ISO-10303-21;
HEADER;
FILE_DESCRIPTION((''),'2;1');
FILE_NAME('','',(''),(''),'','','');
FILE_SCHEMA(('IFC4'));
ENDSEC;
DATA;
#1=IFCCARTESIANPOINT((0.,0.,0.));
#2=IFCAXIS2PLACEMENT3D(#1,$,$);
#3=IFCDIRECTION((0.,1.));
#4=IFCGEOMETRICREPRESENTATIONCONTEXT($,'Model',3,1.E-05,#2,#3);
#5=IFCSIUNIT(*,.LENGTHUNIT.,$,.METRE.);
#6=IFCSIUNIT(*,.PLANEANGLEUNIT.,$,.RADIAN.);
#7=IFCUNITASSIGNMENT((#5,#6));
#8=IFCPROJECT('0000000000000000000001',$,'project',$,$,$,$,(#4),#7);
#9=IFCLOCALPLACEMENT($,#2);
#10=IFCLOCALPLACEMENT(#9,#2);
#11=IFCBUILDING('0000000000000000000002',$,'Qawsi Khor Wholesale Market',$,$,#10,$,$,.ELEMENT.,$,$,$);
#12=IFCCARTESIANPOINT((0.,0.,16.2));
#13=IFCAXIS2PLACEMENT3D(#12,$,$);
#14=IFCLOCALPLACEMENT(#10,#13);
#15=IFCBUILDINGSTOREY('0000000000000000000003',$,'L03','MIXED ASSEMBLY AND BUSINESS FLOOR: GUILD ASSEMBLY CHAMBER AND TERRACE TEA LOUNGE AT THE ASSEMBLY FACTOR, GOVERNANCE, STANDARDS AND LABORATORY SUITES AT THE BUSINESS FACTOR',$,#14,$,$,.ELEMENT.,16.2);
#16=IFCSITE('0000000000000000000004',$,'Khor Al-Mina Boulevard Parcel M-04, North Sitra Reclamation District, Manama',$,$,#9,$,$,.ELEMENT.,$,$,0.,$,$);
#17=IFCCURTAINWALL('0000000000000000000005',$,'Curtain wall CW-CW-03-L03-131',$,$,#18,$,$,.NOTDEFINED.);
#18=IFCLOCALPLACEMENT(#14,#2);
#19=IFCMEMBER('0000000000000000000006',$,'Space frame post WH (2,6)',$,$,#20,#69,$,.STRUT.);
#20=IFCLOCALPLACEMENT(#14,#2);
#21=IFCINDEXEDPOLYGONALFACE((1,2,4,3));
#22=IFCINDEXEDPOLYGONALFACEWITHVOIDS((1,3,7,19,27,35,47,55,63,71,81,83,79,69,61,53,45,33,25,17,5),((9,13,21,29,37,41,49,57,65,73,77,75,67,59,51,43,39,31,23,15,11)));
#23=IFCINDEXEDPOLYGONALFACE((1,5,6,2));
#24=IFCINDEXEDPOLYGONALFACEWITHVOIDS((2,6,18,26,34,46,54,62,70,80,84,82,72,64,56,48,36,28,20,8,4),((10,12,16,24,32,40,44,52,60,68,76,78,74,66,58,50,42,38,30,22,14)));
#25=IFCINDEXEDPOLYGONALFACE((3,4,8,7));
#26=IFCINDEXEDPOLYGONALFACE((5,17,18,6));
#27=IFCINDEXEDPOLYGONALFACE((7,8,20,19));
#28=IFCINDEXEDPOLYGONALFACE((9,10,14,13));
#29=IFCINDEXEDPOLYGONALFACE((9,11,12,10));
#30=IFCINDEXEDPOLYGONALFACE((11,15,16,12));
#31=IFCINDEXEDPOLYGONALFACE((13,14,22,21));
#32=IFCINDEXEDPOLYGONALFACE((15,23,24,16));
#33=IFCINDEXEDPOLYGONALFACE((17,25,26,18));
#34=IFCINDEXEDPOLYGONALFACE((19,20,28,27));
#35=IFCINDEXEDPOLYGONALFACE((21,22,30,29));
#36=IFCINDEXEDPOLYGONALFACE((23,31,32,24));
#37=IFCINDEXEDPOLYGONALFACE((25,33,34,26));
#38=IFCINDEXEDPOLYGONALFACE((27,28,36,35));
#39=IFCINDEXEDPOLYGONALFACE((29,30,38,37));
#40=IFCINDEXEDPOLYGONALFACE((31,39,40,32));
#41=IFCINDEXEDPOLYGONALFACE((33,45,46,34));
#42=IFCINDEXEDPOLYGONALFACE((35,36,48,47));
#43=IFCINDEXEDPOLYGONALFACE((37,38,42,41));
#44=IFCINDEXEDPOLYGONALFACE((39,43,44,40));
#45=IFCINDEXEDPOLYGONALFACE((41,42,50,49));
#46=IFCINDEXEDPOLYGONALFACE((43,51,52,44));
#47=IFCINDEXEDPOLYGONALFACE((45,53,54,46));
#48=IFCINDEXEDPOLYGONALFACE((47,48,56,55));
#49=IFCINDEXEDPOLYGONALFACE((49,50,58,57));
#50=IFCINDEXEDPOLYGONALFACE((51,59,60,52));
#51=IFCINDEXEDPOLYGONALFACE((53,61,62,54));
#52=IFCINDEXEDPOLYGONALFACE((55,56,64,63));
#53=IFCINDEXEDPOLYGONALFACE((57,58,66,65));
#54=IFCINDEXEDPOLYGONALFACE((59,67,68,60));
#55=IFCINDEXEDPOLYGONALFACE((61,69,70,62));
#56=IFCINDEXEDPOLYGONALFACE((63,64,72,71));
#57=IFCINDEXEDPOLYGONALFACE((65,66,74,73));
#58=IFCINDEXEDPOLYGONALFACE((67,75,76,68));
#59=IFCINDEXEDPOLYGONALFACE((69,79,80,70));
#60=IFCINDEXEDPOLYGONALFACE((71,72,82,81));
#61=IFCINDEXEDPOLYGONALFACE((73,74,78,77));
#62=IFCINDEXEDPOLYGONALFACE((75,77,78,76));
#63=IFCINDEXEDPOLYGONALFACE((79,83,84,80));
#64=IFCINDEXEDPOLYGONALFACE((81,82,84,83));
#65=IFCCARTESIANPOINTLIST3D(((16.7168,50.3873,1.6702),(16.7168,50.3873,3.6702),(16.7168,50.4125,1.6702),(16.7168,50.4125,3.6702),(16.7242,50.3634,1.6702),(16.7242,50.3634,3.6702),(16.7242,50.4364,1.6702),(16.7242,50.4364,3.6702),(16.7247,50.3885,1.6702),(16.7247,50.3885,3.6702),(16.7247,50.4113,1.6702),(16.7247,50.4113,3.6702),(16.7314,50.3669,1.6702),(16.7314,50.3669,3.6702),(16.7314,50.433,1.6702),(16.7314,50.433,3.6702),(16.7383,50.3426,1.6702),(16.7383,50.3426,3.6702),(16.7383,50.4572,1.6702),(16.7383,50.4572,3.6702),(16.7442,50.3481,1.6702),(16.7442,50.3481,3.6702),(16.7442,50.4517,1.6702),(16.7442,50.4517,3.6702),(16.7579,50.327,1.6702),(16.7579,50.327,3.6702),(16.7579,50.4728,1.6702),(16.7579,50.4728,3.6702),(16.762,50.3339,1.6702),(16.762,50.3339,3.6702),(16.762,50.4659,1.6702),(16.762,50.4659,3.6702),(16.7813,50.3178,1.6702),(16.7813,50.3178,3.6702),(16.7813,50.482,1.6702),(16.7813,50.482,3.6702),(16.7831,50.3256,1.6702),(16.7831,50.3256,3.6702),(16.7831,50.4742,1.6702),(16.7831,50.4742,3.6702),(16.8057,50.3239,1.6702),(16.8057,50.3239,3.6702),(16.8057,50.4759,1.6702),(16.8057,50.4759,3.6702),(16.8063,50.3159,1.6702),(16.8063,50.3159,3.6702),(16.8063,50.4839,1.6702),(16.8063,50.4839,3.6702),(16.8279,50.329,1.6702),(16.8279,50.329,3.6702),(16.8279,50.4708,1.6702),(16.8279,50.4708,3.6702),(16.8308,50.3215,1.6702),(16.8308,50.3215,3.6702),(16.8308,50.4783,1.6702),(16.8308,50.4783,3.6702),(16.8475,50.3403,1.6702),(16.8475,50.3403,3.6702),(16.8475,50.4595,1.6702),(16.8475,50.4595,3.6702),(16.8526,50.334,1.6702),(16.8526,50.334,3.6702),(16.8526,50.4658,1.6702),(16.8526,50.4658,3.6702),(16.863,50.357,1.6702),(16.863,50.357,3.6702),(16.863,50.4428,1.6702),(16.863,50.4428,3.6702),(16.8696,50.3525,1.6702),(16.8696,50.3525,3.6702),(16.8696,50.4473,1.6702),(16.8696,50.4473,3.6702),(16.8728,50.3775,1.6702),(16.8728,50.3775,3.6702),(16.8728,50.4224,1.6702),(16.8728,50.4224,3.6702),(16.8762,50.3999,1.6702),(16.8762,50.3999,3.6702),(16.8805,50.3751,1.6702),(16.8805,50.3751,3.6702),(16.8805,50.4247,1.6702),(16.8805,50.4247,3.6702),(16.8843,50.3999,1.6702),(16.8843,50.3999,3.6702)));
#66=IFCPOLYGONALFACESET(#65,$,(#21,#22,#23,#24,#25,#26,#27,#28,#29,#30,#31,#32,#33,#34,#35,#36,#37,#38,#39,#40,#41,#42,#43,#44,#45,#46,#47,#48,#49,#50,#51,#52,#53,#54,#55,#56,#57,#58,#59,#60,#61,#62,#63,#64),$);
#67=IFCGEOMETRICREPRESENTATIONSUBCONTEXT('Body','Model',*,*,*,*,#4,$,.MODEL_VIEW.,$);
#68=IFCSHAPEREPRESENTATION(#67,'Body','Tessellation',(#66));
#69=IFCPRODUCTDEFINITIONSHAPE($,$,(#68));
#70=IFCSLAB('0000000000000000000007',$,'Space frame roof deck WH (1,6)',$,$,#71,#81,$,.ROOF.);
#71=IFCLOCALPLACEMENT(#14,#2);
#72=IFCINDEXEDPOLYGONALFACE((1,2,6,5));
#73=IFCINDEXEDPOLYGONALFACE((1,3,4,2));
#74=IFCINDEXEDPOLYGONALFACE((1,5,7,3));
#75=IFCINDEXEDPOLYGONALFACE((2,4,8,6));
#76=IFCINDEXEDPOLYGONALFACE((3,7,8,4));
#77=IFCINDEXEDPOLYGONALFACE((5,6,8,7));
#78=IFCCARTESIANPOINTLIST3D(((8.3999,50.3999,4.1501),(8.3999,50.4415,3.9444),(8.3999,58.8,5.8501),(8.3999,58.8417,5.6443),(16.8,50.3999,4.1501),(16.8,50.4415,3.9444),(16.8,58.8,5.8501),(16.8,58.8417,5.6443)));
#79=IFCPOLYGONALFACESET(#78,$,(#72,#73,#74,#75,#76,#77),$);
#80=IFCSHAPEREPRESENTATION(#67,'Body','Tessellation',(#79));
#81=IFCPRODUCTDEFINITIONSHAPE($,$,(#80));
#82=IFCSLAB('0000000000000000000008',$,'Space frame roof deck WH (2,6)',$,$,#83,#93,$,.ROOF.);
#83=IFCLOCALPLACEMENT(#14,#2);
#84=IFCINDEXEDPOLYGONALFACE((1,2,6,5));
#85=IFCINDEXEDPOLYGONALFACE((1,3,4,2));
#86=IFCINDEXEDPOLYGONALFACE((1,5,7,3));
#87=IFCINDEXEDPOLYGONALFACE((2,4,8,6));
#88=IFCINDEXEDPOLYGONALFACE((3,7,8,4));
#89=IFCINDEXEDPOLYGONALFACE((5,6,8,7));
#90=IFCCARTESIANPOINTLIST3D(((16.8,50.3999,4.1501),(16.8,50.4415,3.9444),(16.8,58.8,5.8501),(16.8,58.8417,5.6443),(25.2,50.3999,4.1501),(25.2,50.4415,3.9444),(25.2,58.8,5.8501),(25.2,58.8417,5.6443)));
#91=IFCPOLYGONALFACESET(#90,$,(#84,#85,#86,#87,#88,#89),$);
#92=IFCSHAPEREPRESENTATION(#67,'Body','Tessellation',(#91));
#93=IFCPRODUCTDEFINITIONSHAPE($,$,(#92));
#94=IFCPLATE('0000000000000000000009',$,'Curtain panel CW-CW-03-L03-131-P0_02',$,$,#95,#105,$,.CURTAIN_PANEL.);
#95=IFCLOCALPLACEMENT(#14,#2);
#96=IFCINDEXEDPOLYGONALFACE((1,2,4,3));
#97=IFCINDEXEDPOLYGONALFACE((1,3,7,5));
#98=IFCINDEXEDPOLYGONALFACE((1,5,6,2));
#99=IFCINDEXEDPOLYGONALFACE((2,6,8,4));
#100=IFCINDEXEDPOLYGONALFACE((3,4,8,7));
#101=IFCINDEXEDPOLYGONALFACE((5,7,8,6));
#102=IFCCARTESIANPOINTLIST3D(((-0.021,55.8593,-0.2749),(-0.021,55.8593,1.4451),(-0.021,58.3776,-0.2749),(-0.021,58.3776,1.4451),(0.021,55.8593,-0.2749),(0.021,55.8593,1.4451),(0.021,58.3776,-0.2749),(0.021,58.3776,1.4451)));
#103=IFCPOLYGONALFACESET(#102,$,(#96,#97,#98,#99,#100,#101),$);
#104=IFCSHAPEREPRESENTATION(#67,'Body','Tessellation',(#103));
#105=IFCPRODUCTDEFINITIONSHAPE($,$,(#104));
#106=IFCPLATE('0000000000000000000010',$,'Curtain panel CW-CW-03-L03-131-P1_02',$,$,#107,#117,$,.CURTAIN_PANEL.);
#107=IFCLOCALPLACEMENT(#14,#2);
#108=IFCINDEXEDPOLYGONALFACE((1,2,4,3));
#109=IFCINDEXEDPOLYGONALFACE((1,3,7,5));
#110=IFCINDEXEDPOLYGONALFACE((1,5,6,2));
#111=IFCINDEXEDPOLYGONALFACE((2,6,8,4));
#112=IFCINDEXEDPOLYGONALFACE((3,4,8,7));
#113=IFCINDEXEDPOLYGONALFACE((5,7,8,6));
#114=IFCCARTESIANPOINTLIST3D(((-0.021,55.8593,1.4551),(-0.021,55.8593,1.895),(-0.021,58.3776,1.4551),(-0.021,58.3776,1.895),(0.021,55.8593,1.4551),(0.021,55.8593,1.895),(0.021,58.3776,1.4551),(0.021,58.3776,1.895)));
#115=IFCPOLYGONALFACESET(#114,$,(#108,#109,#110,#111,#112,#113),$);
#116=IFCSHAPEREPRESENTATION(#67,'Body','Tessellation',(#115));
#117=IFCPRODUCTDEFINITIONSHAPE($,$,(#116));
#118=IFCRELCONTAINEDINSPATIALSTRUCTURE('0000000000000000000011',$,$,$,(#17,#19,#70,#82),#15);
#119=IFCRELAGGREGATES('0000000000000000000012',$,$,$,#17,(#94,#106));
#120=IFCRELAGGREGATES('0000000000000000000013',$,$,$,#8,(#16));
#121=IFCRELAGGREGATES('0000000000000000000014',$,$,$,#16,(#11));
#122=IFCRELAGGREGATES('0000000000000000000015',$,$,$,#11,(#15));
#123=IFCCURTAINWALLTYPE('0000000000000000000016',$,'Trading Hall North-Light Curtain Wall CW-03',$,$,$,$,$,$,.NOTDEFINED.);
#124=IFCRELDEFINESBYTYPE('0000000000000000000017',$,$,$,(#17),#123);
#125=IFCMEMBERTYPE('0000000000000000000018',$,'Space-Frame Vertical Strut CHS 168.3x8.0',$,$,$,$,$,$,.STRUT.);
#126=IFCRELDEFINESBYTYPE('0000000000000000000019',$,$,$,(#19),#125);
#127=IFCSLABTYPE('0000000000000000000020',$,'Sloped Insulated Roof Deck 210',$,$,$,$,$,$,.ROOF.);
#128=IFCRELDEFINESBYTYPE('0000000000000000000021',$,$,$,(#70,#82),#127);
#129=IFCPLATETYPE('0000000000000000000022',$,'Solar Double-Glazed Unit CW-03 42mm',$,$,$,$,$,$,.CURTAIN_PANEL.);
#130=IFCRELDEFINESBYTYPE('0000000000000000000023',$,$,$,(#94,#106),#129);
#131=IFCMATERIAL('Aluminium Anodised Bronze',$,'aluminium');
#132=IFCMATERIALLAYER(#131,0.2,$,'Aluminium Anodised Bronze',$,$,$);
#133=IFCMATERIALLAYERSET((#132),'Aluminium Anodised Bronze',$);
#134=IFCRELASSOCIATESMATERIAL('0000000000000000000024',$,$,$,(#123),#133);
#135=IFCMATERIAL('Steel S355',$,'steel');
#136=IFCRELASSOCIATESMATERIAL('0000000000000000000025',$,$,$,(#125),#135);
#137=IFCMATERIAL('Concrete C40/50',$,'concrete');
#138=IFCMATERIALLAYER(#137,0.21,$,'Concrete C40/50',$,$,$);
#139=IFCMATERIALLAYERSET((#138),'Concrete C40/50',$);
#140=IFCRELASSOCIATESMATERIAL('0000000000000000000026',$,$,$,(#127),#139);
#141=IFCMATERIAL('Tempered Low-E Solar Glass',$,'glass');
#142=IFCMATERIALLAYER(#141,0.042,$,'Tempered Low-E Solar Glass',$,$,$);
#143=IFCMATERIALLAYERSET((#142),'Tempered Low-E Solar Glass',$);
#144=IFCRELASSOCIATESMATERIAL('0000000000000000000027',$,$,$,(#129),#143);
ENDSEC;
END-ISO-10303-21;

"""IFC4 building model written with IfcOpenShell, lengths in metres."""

from ifc_helpers import new_model, si_unit, direction, frame, frame_2d, origin, origin_2d, place, context, subcontext, project, spatial, polyline, rectangle, hollow_circle, outline, extrude, material, layer, layer_set, material_profile, profile_set, type_object, element, aggregate, save


model = new_model("IFC4")

# Units and contexts
model_context = context("Model", 3, precision=1e-05, world=origin(), true_north=direction((0.0, 1.0)))
body_context = subcontext(model_context, "Body", "Model", "MODEL_VIEW")
ifc_project = project(units=[si_unit("LENGTHUNIT", "METRE"), si_unit("PLANEANGLEUNIT", "RADIAN")], contexts=[model_context])

# Site, building, storey
site_placement = place(None, origin())
site = spatial("IfcSite", under=ifc_project, at=site_placement, Name="Khor Al-Mina Boulevard Parcel M-04, North Sitra Reclamation District, Manama", CompositionType="ELEMENT", RefElevation=0.0)
building_placement = place(site_placement, origin())
building = spatial("IfcBuilding", under=site, at=building_placement, Name="Qawsi Khor Wholesale Market", CompositionType="ELEMENT")
storey_placement = place(building_placement, frame((0.0, 0.0, 16.2)))
storey = spatial("IfcBuildingStorey", under=building, at=storey_placement, Name="L03", Description="MIXED ASSEMBLY AND BUSINESS FLOOR: GUILD ASSEMBLY CHAMBER AND TERRACE TEA LOUNGE AT THE ASSEMBLY FACTOR, GOVERNANCE, STANDARDS AND LABORATORY SUITES AT THE BUSINESS FACTOR", CompositionType="ELEMENT", Elevation=16.2)

# Shared definitions
ifc_material_1 = material(Name="Concrete C40/50", Category="concrete")

# Curtain wall
ifc_material_2 = material(Name="Aluminium Anodised Bronze", Category="aluminium")
ifc_layer_1 = layer(ifc_material_2, 0.2, Name="Aluminium Anodised Bronze")
ifc_layer_set_1 = layer_set([ifc_layer_1], Name="Aluminium Anodised Bronze")
curtain_wall_type = type_object("IfcCurtainWallType", Name="Trading Hall North-Light Curtain Wall CW-03", PredefinedType="NOTDEFINED", material=ifc_layer_set_1)
curtain_wall_placement = place(storey_placement, origin())
curtain_wall = element("IfcCurtainWall", 1, at=curtain_wall_placement, inside=storey, type_object=curtain_wall_type, Name="Curtain wall CW-CW-03-L03-131", PredefinedType="NOTDEFINED")

# Member
ifc_material_3 = material(Name="Steel S355", Category="steel")
ifc_material_profile_1 = material_profile(ifc_material_3, hollow_circle(Radius=0.0842, WallThickness=0.0081, at=origin_2d()), Name="CHS 168.3x8.0")
ifc_profile_set_1 = profile_set([ifc_material_profile_1], Name="Steel S355")
member_type_1 = type_object("IfcMemberType", Name="Space-Frame Vertical Strut CHS 168.3x8.0", PredefinedType="STRUT", material=ifc_profile_set_1)
for number, where, z_axis, x_axis, name in (
    (2, (16.8, 50.3999, 1.6702), (0.0, 0.0, 1.0), (1.0, 0.0, 0.0), "Space frame post WH (2,6)"),
):
    element("IfcMember", number, at=place(storey_placement, frame(where, z_axis=z_axis, x_axis=x_axis)), inside=storey, type_object=member_type_1, Name=name, PredefinedType="STRUT", context=body_context, shape_type="SweptSolid", body=[
        extrude(hollow_circle(Radius=0.0842, WallThickness=0.0081, at=origin_2d()), origin(), (0.0, 0.0, 1.0), 2.0),
    ])

# Slabs
ifc_layer_2 = layer(ifc_material_1, 0.21, Name="Concrete C40/50")
ifc_layer_set_2 = layer_set([ifc_layer_2], Name="Concrete C40/50")
slab_type = type_object("IfcSlabType", Name="Sloped Insulated Roof Deck 210", PredefinedType="ROOF", material=ifc_layer_set_2)
slab_1_placement = place(storey_placement, frame((8.3999, 50.3999, 4.1501), z_axis=(0.0, -0.198351, 0.980131), x_axis=(1.0, 0.0, 0.0)))
element("IfcSlab", 3, at=slab_1_placement, inside=storey, type_object=slab_type, Name="Space frame roof deck WH (1,6)", PredefinedType="ROOF", context=body_context, shape_type="SweptSolid", body=[
    extrude(outline(polyline([(0.0, 0.0), (8.4001, 0.0), (8.4001, 8.5704), (0.0, 8.5704), (0.0, 0.0)])), origin(), (0.0, 0.0, -1.0), 0.21),
])
slab_2_placement = place(storey_placement, frame((16.8, 50.3999, 4.1501), z_axis=(0.0, -0.198351, 0.980131), x_axis=(1.0, 0.0, 0.0)))
element("IfcSlab", 4, at=slab_2_placement, inside=storey, type_object=slab_type, Name="Space frame roof deck WH (2,6)", PredefinedType="ROOF", context=body_context, shape_type="SweptSolid", body=[
    extrude(outline(polyline([(0.0, 0.0), (8.3999, 0.0), (8.3999, 8.5704), (0.0, 8.5704), (0.0, 0.0)])), origin(), (0.0, 0.0, -1.0), 0.21),
])

# Plates
ifc_material_4 = material(Name="Tempered Low-E Solar Glass", Category="glass")
ifc_layer_3 = layer(ifc_material_4, 0.042, Name="Tempered Low-E Solar Glass")
ifc_layer_set_3 = layer_set([ifc_layer_3], Name="Tempered Low-E Solar Glass")
plate_type = type_object("IfcPlateType", Name="Solar Double-Glazed Unit CW-03 42mm", PredefinedType="CURTAIN_PANEL", material=ifc_layer_set_3)
plate_1_placement = place(storey_placement, frame((0.0, 55.8591, -0.2749), z_axis=(0.0, 0.0, 1.0), x_axis=(0.0, 1.0, 0.0)))
plate_1 = element("IfcPlate", 5, at=plate_1_placement, type_object=plate_type, Name="Curtain panel CW-CW-03-L03-131-P0_02", PredefinedType="CURTAIN_PANEL", context=body_context, shape_type="SweptSolid", body=[
    extrude(rectangle(XDim=2.5183, YDim=0.042, at=frame_2d((1.2593, 0.0))), origin(), (0.0, 0.0, 1.0), 1.72),
])
plate_2_placement = place(storey_placement, frame((0.0, 55.8591, 1.4551), z_axis=(0.0, 0.0, 1.0), x_axis=(0.0, 1.0, 0.0)))
plate_2 = element("IfcPlate", 6, at=plate_2_placement, type_object=plate_type, Name="Curtain panel CW-CW-03-L03-131-P1_02", PredefinedType="CURTAIN_PANEL", context=body_context, shape_type="SweptSolid", body=[
    extrude(rectangle(XDim=2.5183, YDim=0.042, at=frame_2d((1.2593, 0.0))), origin(), (0.0, 0.0, 1.0), 0.4399),
])
aggregate(curtain_wall, [plate_1, plate_2])

save(model, "model.ifc")
